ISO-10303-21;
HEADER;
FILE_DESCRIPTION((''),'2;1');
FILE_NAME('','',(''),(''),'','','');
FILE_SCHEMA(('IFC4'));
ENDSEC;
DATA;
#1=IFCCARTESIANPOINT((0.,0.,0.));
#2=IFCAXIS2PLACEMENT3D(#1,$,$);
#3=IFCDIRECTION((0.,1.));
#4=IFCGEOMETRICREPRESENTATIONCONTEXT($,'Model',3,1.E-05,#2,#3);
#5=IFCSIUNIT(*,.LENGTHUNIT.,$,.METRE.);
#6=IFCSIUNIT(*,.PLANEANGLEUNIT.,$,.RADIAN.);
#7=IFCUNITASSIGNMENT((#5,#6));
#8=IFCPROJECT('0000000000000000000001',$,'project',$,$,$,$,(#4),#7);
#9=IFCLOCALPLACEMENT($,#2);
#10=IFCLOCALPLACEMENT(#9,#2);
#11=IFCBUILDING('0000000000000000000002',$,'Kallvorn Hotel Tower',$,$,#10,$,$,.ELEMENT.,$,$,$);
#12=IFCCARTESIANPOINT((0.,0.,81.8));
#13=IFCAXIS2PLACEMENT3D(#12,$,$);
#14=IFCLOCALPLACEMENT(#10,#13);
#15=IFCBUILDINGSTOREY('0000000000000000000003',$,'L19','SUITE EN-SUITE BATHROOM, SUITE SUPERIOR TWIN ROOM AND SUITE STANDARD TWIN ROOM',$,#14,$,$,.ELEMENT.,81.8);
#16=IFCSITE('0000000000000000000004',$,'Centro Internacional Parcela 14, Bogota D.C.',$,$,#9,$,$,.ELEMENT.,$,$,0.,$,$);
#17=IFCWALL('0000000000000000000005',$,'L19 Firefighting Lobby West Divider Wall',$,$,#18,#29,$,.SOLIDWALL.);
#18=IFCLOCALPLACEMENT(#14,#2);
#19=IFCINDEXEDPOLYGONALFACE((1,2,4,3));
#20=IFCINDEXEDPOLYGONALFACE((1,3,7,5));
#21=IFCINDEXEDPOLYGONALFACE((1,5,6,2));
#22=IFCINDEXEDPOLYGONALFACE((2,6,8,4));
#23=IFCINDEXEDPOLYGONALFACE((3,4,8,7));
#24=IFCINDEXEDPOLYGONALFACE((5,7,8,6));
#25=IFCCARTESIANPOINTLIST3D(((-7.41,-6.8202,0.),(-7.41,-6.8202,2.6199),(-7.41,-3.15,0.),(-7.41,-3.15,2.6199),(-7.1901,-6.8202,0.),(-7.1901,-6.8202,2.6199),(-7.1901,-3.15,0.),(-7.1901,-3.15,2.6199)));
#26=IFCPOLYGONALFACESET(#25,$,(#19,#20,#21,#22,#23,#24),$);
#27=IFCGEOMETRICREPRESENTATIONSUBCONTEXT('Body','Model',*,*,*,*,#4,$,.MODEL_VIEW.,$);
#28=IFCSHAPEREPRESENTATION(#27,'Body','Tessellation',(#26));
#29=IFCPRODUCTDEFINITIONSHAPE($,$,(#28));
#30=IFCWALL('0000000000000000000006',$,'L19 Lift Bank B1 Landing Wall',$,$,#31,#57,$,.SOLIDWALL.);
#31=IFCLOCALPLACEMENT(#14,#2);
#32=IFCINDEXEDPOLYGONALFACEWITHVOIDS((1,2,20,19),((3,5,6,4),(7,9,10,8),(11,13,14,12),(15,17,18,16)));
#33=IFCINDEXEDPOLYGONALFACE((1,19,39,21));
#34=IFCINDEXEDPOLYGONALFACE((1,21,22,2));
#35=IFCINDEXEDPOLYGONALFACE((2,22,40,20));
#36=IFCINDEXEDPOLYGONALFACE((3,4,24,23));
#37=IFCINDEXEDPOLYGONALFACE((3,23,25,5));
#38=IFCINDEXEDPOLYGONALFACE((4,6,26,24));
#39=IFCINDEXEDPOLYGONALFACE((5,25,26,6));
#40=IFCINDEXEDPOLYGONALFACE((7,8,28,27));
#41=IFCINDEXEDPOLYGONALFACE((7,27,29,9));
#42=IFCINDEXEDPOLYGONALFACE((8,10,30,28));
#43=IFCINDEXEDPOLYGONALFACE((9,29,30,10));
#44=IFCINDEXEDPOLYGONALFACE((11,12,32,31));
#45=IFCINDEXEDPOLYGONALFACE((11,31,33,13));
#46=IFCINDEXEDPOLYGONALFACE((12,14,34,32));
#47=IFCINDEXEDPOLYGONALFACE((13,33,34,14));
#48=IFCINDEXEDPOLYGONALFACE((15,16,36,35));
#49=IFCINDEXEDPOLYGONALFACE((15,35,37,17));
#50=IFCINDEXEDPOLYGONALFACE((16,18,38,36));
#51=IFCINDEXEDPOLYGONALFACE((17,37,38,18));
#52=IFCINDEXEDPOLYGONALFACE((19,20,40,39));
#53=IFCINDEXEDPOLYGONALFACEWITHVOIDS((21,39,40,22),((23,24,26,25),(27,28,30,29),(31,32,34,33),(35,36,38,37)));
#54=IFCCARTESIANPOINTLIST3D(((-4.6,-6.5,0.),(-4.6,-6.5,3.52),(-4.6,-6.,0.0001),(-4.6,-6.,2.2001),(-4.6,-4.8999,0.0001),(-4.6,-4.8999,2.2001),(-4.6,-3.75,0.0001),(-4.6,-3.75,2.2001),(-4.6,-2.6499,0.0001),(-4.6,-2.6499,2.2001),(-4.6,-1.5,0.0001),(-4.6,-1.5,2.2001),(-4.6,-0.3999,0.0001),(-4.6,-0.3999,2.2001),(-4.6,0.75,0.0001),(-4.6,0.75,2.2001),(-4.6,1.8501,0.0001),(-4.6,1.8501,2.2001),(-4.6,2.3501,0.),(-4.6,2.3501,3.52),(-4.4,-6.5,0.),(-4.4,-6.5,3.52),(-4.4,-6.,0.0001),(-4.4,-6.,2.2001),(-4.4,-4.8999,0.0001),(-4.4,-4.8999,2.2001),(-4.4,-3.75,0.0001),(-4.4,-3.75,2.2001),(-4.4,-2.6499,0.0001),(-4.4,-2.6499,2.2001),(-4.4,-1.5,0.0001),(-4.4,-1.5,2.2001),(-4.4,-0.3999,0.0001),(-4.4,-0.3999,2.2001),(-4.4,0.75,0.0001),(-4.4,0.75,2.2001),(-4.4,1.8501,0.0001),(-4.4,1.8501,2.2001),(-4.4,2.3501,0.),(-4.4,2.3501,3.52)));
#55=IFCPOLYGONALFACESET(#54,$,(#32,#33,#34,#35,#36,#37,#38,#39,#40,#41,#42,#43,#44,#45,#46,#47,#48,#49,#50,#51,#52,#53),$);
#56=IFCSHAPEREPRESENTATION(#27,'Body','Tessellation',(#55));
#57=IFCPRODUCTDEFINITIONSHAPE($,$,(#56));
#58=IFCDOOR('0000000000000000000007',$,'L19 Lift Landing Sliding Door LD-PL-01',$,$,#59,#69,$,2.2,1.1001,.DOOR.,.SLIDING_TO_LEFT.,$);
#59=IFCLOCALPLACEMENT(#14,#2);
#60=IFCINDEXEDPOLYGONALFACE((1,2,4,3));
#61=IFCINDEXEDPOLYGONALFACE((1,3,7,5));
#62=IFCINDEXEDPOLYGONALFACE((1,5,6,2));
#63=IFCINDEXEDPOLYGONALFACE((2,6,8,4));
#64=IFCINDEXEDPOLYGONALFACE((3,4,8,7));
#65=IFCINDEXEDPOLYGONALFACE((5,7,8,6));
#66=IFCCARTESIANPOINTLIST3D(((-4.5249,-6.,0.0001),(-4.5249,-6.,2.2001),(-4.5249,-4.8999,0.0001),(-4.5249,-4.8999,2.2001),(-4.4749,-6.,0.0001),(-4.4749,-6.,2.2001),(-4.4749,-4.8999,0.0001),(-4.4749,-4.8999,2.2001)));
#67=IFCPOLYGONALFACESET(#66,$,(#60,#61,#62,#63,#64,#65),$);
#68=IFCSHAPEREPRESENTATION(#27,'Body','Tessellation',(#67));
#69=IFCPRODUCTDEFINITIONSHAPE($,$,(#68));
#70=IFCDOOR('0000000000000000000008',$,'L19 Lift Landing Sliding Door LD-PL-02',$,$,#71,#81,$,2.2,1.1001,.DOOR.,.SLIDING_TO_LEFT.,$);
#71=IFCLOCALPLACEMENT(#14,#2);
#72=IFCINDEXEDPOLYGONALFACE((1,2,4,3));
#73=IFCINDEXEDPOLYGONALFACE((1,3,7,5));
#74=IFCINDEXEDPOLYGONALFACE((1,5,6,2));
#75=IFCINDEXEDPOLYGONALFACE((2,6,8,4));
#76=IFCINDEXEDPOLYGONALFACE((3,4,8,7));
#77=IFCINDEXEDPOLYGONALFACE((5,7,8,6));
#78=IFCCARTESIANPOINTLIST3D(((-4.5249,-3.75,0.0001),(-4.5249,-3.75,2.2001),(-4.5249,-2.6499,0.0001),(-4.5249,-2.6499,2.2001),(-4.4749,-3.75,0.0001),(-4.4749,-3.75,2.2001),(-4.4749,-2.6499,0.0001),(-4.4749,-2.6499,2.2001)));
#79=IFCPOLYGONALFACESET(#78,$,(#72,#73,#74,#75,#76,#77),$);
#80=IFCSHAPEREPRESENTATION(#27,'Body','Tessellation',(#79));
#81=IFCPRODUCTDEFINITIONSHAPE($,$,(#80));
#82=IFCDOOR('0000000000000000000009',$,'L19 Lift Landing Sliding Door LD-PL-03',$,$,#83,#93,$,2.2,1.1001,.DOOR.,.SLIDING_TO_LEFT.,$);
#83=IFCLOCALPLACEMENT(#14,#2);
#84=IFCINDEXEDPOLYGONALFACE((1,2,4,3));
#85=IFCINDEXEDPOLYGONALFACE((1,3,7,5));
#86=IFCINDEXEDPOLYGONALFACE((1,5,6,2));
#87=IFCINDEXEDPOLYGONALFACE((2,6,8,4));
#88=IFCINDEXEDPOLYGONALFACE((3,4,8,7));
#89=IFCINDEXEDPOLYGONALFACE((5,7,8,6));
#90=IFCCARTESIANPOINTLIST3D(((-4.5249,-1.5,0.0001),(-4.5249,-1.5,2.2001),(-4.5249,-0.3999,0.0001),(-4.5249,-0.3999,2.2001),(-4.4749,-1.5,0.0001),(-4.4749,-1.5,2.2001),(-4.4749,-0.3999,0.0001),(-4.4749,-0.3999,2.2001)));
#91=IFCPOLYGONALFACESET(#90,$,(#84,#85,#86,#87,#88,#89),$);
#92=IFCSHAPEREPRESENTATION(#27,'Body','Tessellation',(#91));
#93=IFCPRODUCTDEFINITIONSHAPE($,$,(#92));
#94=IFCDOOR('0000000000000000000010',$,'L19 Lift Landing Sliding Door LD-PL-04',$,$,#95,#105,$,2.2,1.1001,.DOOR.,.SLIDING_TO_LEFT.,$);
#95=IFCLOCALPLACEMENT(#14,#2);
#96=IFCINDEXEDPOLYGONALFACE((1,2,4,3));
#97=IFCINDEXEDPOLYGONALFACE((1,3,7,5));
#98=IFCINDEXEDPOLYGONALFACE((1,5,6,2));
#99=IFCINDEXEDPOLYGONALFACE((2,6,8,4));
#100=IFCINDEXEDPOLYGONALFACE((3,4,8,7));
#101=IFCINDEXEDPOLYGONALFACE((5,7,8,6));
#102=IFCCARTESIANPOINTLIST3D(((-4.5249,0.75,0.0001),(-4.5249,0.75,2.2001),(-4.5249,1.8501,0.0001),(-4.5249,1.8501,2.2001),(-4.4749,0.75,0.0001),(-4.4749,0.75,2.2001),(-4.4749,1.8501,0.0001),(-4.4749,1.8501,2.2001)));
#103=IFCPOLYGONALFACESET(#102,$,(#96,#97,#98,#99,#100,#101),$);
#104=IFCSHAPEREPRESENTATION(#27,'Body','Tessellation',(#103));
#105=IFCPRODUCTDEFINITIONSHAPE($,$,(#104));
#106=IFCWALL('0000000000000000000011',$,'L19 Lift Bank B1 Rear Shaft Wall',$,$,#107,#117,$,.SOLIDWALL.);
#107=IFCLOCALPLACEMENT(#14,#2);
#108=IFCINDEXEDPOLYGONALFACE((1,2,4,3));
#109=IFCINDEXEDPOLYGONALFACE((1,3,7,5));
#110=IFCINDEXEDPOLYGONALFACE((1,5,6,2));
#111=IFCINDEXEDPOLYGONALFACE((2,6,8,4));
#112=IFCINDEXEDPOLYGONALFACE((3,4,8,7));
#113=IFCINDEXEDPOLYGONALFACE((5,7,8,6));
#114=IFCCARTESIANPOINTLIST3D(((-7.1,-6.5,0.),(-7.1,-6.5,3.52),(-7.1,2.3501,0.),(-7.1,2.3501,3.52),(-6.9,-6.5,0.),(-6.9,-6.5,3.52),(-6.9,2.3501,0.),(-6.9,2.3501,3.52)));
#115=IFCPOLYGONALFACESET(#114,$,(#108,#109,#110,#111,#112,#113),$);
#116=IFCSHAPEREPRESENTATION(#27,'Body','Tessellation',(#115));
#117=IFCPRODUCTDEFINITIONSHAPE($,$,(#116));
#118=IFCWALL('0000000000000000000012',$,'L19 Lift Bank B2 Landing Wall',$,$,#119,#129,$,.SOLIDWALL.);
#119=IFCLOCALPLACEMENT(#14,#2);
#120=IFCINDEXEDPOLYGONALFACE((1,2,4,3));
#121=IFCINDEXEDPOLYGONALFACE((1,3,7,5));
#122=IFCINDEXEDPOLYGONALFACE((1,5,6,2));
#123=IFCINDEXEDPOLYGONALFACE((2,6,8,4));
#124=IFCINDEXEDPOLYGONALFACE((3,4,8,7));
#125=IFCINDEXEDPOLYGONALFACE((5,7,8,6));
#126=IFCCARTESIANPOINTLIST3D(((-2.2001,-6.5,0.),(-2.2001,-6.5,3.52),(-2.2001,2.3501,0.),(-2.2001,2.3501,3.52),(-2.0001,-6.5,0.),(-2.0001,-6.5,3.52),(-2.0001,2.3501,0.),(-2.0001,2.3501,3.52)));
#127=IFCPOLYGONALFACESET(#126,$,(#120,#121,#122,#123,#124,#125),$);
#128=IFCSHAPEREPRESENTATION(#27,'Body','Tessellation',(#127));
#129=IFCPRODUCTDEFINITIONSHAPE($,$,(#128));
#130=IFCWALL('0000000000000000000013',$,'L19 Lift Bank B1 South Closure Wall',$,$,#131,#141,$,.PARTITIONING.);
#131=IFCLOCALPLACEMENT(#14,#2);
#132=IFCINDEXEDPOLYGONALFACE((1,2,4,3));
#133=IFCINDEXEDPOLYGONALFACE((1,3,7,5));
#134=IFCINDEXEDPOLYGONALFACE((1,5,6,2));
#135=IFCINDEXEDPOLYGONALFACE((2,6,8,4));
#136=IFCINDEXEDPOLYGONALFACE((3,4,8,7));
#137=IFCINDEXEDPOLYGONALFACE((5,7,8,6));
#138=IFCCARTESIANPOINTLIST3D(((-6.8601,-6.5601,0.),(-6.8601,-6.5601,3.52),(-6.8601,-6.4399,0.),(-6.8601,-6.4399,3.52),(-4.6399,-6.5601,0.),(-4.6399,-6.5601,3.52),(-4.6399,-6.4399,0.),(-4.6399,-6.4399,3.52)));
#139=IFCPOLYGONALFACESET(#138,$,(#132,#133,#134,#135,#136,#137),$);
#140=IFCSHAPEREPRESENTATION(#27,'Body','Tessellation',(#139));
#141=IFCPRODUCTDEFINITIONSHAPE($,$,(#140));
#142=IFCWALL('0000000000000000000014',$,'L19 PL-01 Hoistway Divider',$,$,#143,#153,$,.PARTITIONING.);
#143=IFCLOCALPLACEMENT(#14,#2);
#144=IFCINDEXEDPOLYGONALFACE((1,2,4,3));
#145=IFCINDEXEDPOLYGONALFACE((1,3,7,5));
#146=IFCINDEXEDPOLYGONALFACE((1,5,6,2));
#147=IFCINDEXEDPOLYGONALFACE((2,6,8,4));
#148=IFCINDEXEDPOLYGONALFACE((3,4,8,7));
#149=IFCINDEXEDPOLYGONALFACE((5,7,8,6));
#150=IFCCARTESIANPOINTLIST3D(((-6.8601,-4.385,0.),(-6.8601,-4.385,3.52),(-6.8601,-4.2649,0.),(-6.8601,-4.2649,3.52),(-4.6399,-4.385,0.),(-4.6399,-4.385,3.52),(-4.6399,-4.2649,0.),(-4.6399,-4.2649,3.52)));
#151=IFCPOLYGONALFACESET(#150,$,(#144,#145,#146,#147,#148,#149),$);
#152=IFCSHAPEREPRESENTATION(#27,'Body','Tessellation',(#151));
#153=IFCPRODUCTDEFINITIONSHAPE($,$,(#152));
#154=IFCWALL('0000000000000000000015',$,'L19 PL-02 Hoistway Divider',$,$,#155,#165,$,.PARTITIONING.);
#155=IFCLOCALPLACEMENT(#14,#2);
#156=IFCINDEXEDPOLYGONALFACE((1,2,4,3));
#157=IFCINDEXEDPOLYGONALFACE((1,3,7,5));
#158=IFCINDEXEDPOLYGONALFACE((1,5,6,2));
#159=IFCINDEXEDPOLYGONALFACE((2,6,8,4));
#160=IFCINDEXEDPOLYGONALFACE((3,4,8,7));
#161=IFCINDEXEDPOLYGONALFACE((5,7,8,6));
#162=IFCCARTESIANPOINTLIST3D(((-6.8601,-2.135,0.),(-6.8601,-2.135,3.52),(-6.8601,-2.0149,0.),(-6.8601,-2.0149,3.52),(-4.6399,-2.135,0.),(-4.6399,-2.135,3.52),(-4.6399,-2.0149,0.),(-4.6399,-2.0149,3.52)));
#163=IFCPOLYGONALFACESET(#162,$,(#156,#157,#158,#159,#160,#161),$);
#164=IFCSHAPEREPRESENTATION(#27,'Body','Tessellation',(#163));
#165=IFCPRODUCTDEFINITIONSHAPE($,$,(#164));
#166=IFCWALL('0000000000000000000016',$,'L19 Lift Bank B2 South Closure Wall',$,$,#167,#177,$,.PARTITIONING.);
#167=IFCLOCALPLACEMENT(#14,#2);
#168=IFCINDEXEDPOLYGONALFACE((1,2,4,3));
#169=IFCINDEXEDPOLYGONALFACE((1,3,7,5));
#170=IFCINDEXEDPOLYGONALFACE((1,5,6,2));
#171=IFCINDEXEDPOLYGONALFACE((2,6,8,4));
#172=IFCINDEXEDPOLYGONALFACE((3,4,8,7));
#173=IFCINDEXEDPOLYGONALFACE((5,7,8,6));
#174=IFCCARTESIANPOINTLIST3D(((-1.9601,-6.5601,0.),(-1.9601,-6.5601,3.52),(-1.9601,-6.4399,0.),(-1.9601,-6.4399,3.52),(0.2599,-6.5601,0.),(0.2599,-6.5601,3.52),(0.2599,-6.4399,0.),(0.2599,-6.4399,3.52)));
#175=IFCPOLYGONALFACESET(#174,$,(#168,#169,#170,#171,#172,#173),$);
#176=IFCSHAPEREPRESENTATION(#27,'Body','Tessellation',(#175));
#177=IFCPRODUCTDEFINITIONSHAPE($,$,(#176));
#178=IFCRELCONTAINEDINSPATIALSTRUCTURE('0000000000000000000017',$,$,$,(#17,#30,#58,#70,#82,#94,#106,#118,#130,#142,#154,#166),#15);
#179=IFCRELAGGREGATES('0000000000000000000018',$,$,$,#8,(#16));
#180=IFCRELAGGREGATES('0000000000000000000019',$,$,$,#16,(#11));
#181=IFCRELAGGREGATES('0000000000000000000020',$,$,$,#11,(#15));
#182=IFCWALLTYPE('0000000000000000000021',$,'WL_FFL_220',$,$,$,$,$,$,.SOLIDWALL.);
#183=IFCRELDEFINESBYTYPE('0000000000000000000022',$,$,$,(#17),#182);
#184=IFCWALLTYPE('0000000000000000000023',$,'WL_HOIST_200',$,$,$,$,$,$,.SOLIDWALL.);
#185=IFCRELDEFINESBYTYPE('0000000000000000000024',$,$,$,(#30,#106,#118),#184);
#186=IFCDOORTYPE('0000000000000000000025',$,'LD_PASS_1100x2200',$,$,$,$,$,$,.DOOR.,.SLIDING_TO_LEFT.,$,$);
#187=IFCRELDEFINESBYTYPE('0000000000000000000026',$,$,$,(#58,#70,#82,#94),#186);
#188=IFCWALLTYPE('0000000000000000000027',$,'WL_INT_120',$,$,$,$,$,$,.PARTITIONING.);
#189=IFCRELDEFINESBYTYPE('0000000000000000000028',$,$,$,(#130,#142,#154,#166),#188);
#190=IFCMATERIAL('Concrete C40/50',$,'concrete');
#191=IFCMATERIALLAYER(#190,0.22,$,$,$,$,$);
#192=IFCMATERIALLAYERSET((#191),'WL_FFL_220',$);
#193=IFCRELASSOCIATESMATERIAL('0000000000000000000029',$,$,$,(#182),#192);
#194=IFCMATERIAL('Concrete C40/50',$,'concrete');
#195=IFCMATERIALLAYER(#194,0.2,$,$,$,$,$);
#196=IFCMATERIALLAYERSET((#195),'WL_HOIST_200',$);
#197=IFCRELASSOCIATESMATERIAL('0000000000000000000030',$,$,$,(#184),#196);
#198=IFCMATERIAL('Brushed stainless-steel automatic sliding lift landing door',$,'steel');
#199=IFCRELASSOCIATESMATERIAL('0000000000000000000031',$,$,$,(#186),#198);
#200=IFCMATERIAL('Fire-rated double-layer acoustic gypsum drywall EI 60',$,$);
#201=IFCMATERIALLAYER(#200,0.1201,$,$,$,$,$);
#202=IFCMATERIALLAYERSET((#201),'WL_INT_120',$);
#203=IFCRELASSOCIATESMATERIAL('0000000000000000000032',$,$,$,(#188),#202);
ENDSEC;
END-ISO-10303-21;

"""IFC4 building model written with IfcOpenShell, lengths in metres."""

from ifc_helpers import new_model, si_unit, direction, frame, frame_2d, origin, place, context, subcontext, project, spatial, rectangle, extrude, material, layer, layer_set, type_object, element, fill, save


model = new_model("IFC4")

# Units and contexts
model_context = context("Model", 3, precision=1e-05, world=origin(), true_north=direction((0.0, 1.0)))
body_context = subcontext(model_context, "Body", "Model", "MODEL_VIEW")
ifc_project = project(units=[si_unit("LENGTHUNIT", "METRE"), si_unit("PLANEANGLEUNIT", "RADIAN")], contexts=[model_context])

# Site, building, storey
site_placement = place(None, origin())
site = spatial("IfcSite", under=ifc_project, at=site_placement, Name="Centro Internacional Parcela 14, Bogota D.C.", CompositionType="ELEMENT", RefElevation=0.0)
building_placement = place(site_placement, origin())
building = spatial("IfcBuilding", under=site, at=building_placement, Name="Kallvorn Hotel Tower", CompositionType="ELEMENT")
storey_placement = place(building_placement, frame((0.0, 0.0, 81.8)))
storey = spatial("IfcBuildingStorey", under=building, at=storey_placement, Name="L19", Description="SUITE EN-SUITE BATHROOM, SUITE SUPERIOR TWIN ROOM AND SUITE STANDARD TWIN ROOM", CompositionType="ELEMENT", Elevation=81.8)

# Wall
ifc_material_1 = material(Name="Concrete C40/50", Category="concrete")
ifc_layer_1 = layer(ifc_material_1, 0.22)
ifc_layer_set_1 = layer_set([ifc_layer_1], Name="WL_FFL_220")
wall_type_1 = type_object("IfcWallType", Name="WL_FFL_220", PredefinedType="SOLIDWALL", material=ifc_layer_set_1)
wall_1_placement = place(storey_placement, frame((-7.3, -6.8201, 0.0), z_axis=(0.0, 0.0, 1.0), x_axis=(0.0, 1.0, 0.0)))
element("IfcWall", 1, at=wall_1_placement, inside=storey, type_object=wall_type_1, Name="L19 Firefighting Lobby West Divider Wall", PredefinedType="SOLIDWALL", context=body_context, shape_type="SweptSolid", body=[
    extrude(rectangle(XDim=3.6702, YDim=0.22, at=frame_2d((1.835, 0.0))), origin(), (0.0, 0.0, 1.0), 2.6199),
])

# Wall, openings, doors
ifc_material_2 = material(Name="Concrete C40/50", Category="concrete")
ifc_layer_2 = layer(ifc_material_2, 0.2)
ifc_layer_set_2 = layer_set([ifc_layer_2], Name="WL_HOIST_200")
wall_type_2 = type_object("IfcWallType", Name="WL_HOIST_200", PredefinedType="SOLIDWALL", material=ifc_layer_set_2)
wall_2_placement = place(storey_placement, frame((-4.5, -6.5, 0.0), z_axis=(0.0, 0.0, 1.0), x_axis=(0.0, 1.0, 0.0)))
wall_2 = element("IfcWall", 2, at=wall_2_placement, inside=storey, type_object=wall_type_2, Name="L19 Lift Bank B1 Landing Wall", PredefinedType="SOLIDWALL", context=body_context, shape_type="SweptSolid", body=[
    extrude(rectangle(XDim=8.8501, YDim=0.2, at=frame_2d((4.425, 0.0))), origin(), (0.0, 0.0, 1.0), 3.52),
])
opening_1_placement = place(wall_2_placement, frame((0.5, 0.0, 0.0)))
opening_1 = element("IfcOpeningElement", 3, at=opening_1_placement, cuts=wall_2, PredefinedType="OPENING", context=body_context, shape_type="SweptSolid", body=[
    extrude(rectangle(XDim=1.1001, YDim=2.2, at=frame_2d((0.55, 1.1001))), frame((0.0, 0.115, 0.0), z_axis=(0.0, -1.0, 0.0), x_axis=(1.0, 0.0, 0.0)), (0.0, 0.0, 1.0), 0.23),
])
opening_2_placement = place(wall_2_placement, frame((2.75, 0.0, 0.0)))
opening_2 = element("IfcOpeningElement", 4, at=opening_2_placement, cuts=wall_2, PredefinedType="OPENING", context=body_context, shape_type="SweptSolid", body=[
    extrude(rectangle(XDim=1.1001, YDim=2.2, at=frame_2d((0.55, 1.1001))), frame((0.0, 0.115, 0.0), z_axis=(0.0, -1.0, 0.0), x_axis=(1.0, 0.0, 0.0)), (0.0, 0.0, 1.0), 0.23),
])
opening_3_placement = place(wall_2_placement, frame((5.0, 0.0, 0.0)))
opening_3 = element("IfcOpeningElement", 5, at=opening_3_placement, cuts=wall_2, PredefinedType="OPENING", context=body_context, shape_type="SweptSolid", body=[
    extrude(rectangle(XDim=1.1001, YDim=2.2, at=frame_2d((0.55, 1.1001))), frame((0.0, 0.115, 0.0), z_axis=(0.0, -1.0, 0.0), x_axis=(1.0, 0.0, 0.0)), (0.0, 0.0, 1.0), 0.23),
])
opening_4_placement = place(wall_2_placement, frame((7.25, 0.0, 0.0)))
opening_4 = element("IfcOpeningElement", 6, at=opening_4_placement, cuts=wall_2, PredefinedType="OPENING", context=body_context, shape_type="SweptSolid", body=[
    extrude(rectangle(XDim=1.1001, YDim=2.2, at=frame_2d((0.55, 1.1001))), frame((0.0, 0.115, 0.0), z_axis=(0.0, -1.0, 0.0), x_axis=(1.0, 0.0, 0.0)), (0.0, 0.0, 1.0), 0.23),
])
ifc_material_3 = material(Name="Brushed stainless-steel automatic sliding lift landing door", Category="steel")
door_type_1 = type_object("IfcDoorType", Name="LD_PASS_1100x2200", OperationType="SLIDING_TO_LEFT", PredefinedType="DOOR", material=ifc_material_3)
door_1_placement = place(opening_1_placement, origin())
door_1 = element("IfcDoor", 7, at=door_1_placement, inside=storey, type_object=door_type_1, Name="L19 Lift Landing Sliding Door LD-PL-01", OperationType="SLIDING_TO_LEFT", OverallHeight=2.2, OverallWidth=1.1001, PredefinedType="DOOR", context=body_context, shape_type="SweptSolid", body=[
    extrude(rectangle(XDim=1.1001, YDim=2.2, at=frame_2d((0.55, 1.1001))), frame((0.0, 0.0249, 0.0), z_axis=(0.0, -1.0, 0.0), x_axis=(1.0, 0.0, 0.0)), (0.0, 0.0, 1.0), 0.05),
])
fill(opening_1, door_1)
door_2_placement = place(opening_2_placement, origin())
door_2 = element("IfcDoor", 8, at=door_2_placement, inside=storey, type_object=door_type_1, Name="L19 Lift Landing Sliding Door LD-PL-02", OperationType="SLIDING_TO_LEFT", OverallHeight=2.2, OverallWidth=1.1001, PredefinedType="DOOR", context=body_context, shape_type="SweptSolid", body=[
    extrude(rectangle(XDim=1.1001, YDim=2.2, at=frame_2d((0.55, 1.1001))), frame((0.0, 0.0249, 0.0), z_axis=(0.0, -1.0, 0.0), x_axis=(1.0, 0.0, 0.0)), (0.0, 0.0, 1.0), 0.05),
])
fill(opening_2, door_2)
door_3_placement = place(opening_3_placement, origin())
door_3 = element("IfcDoor", 9, at=door_3_placement, inside=storey, type_object=door_type_1, Name="L19 Lift Landing Sliding Door LD-PL-03", OperationType="SLIDING_TO_LEFT", OverallHeight=2.2, OverallWidth=1.1001, PredefinedType="DOOR", context=body_context, shape_type="SweptSolid", body=[
    extrude(rectangle(XDim=1.1001, YDim=2.2, at=frame_2d((0.55, 1.1001))), frame((0.0, 0.0249, 0.0), z_axis=(0.0, -1.0, 0.0), x_axis=(1.0, 0.0, 0.0)), (0.0, 0.0, 1.0), 0.05),
])
fill(opening_3, door_3)
door_4_placement = place(opening_4_placement, origin())
door_4 = element("IfcDoor", 10, at=door_4_placement, inside=storey, type_object=door_type_1, Name="L19 Lift Landing Sliding Door LD-PL-04", OperationType="SLIDING_TO_LEFT", OverallHeight=2.2, OverallWidth=1.1001, PredefinedType="DOOR", context=body_context, shape_type="SweptSolid", body=[
    extrude(rectangle(XDim=1.1001, YDim=2.2, at=frame_2d((0.55, 1.1001))), frame((0.0, 0.0249, 0.0), z_axis=(0.0, -1.0, 0.0), x_axis=(1.0, 0.0, 0.0)), (0.0, 0.0, 1.0), 0.05),
])
fill(opening_4, door_4)

# Walls
for number, where, z_axis, x_axis, name in (
    (11, (-7.0, -6.5, 0.0), (0.0, 0.0, 1.0), (0.0, 1.0, 0.0), "L19 Lift Bank B1 Rear Shaft Wall"),
    (12, (-2.1001, -6.5, 0.0), (0.0, 0.0, 1.0), (0.0, 1.0, 0.0), "L19 Lift Bank B2 Landing Wall"),
):
    element("IfcWall", number, at=place(storey_placement, frame(where, z_axis=z_axis, x_axis=x_axis)), inside=storey, type_object=wall_type_2, Name=name, PredefinedType="SOLIDWALL", context=body_context, shape_type="SweptSolid", body=[
        extrude(rectangle(XDim=8.8501, YDim=0.2, at=frame_2d((4.425, 0.0))), origin(), (0.0, 0.0, 1.0), 3.52),
    ])
ifc_material_4 = material(Name="Fire-rated double-layer acoustic gypsum drywall EI 60")
ifc_layer_3 = layer(ifc_material_4, 0.1201)
ifc_layer_set_3 = layer_set([ifc_layer_3], Name="WL_INT_120")
wall_type_3 = type_object("IfcWallType", Name="WL_INT_120", PredefinedType="PARTITIONING", material=ifc_layer_set_3)
for number, where, z_axis, x_axis, name in (
    (13, (-6.8601, -6.5, 0.0), (0.0, 0.0, 1.0), (1.0, 0.0, 0.0), "L19 Lift Bank B1 South Closure Wall"),
    (14, (-6.8601, -4.325, 0.0), (0.0, 0.0, 1.0), (1.0, 0.0, 0.0), "L19 PL-01 Hoistway Divider"),
    (15, (-6.8601, -2.075, 0.0), (0.0, 0.0, 1.0), (1.0, 0.0, 0.0), "L19 PL-02 Hoistway Divider"),
):
    element("IfcWall", number, at=place(storey_placement, frame(where, z_axis=z_axis, x_axis=x_axis)), inside=storey, type_object=wall_type_3, Name=name, PredefinedType="PARTITIONING", context=body_context, shape_type="SweptSolid", body=[
        extrude(rectangle(XDim=2.2202, YDim=0.1201, at=frame_2d((1.1101, 0.0))), origin(), (0.0, 0.0, 1.0), 3.52),
    ])
for number, where, z_axis, x_axis, name in (
    (16, (-1.96, -6.5, 0.0), (0.0, 0.0, 1.0), (1.0, 0.0, 0.0), "L19 Lift Bank B2 South Closure Wall"),
):
    element("IfcWall", number, at=place(storey_placement, frame(where, z_axis=z_axis, x_axis=x_axis)), inside=storey, type_object=wall_type_3, Name=name, PredefinedType="PARTITIONING", context=body_context, shape_type="SweptSolid", body=[
        extrude(rectangle(XDim=2.22, YDim=0.1201, at=frame_2d((1.1099, 0.0))), origin(), (0.0, 0.0, 1.0), 3.52),
    ])

save(model, "model.ifc")
